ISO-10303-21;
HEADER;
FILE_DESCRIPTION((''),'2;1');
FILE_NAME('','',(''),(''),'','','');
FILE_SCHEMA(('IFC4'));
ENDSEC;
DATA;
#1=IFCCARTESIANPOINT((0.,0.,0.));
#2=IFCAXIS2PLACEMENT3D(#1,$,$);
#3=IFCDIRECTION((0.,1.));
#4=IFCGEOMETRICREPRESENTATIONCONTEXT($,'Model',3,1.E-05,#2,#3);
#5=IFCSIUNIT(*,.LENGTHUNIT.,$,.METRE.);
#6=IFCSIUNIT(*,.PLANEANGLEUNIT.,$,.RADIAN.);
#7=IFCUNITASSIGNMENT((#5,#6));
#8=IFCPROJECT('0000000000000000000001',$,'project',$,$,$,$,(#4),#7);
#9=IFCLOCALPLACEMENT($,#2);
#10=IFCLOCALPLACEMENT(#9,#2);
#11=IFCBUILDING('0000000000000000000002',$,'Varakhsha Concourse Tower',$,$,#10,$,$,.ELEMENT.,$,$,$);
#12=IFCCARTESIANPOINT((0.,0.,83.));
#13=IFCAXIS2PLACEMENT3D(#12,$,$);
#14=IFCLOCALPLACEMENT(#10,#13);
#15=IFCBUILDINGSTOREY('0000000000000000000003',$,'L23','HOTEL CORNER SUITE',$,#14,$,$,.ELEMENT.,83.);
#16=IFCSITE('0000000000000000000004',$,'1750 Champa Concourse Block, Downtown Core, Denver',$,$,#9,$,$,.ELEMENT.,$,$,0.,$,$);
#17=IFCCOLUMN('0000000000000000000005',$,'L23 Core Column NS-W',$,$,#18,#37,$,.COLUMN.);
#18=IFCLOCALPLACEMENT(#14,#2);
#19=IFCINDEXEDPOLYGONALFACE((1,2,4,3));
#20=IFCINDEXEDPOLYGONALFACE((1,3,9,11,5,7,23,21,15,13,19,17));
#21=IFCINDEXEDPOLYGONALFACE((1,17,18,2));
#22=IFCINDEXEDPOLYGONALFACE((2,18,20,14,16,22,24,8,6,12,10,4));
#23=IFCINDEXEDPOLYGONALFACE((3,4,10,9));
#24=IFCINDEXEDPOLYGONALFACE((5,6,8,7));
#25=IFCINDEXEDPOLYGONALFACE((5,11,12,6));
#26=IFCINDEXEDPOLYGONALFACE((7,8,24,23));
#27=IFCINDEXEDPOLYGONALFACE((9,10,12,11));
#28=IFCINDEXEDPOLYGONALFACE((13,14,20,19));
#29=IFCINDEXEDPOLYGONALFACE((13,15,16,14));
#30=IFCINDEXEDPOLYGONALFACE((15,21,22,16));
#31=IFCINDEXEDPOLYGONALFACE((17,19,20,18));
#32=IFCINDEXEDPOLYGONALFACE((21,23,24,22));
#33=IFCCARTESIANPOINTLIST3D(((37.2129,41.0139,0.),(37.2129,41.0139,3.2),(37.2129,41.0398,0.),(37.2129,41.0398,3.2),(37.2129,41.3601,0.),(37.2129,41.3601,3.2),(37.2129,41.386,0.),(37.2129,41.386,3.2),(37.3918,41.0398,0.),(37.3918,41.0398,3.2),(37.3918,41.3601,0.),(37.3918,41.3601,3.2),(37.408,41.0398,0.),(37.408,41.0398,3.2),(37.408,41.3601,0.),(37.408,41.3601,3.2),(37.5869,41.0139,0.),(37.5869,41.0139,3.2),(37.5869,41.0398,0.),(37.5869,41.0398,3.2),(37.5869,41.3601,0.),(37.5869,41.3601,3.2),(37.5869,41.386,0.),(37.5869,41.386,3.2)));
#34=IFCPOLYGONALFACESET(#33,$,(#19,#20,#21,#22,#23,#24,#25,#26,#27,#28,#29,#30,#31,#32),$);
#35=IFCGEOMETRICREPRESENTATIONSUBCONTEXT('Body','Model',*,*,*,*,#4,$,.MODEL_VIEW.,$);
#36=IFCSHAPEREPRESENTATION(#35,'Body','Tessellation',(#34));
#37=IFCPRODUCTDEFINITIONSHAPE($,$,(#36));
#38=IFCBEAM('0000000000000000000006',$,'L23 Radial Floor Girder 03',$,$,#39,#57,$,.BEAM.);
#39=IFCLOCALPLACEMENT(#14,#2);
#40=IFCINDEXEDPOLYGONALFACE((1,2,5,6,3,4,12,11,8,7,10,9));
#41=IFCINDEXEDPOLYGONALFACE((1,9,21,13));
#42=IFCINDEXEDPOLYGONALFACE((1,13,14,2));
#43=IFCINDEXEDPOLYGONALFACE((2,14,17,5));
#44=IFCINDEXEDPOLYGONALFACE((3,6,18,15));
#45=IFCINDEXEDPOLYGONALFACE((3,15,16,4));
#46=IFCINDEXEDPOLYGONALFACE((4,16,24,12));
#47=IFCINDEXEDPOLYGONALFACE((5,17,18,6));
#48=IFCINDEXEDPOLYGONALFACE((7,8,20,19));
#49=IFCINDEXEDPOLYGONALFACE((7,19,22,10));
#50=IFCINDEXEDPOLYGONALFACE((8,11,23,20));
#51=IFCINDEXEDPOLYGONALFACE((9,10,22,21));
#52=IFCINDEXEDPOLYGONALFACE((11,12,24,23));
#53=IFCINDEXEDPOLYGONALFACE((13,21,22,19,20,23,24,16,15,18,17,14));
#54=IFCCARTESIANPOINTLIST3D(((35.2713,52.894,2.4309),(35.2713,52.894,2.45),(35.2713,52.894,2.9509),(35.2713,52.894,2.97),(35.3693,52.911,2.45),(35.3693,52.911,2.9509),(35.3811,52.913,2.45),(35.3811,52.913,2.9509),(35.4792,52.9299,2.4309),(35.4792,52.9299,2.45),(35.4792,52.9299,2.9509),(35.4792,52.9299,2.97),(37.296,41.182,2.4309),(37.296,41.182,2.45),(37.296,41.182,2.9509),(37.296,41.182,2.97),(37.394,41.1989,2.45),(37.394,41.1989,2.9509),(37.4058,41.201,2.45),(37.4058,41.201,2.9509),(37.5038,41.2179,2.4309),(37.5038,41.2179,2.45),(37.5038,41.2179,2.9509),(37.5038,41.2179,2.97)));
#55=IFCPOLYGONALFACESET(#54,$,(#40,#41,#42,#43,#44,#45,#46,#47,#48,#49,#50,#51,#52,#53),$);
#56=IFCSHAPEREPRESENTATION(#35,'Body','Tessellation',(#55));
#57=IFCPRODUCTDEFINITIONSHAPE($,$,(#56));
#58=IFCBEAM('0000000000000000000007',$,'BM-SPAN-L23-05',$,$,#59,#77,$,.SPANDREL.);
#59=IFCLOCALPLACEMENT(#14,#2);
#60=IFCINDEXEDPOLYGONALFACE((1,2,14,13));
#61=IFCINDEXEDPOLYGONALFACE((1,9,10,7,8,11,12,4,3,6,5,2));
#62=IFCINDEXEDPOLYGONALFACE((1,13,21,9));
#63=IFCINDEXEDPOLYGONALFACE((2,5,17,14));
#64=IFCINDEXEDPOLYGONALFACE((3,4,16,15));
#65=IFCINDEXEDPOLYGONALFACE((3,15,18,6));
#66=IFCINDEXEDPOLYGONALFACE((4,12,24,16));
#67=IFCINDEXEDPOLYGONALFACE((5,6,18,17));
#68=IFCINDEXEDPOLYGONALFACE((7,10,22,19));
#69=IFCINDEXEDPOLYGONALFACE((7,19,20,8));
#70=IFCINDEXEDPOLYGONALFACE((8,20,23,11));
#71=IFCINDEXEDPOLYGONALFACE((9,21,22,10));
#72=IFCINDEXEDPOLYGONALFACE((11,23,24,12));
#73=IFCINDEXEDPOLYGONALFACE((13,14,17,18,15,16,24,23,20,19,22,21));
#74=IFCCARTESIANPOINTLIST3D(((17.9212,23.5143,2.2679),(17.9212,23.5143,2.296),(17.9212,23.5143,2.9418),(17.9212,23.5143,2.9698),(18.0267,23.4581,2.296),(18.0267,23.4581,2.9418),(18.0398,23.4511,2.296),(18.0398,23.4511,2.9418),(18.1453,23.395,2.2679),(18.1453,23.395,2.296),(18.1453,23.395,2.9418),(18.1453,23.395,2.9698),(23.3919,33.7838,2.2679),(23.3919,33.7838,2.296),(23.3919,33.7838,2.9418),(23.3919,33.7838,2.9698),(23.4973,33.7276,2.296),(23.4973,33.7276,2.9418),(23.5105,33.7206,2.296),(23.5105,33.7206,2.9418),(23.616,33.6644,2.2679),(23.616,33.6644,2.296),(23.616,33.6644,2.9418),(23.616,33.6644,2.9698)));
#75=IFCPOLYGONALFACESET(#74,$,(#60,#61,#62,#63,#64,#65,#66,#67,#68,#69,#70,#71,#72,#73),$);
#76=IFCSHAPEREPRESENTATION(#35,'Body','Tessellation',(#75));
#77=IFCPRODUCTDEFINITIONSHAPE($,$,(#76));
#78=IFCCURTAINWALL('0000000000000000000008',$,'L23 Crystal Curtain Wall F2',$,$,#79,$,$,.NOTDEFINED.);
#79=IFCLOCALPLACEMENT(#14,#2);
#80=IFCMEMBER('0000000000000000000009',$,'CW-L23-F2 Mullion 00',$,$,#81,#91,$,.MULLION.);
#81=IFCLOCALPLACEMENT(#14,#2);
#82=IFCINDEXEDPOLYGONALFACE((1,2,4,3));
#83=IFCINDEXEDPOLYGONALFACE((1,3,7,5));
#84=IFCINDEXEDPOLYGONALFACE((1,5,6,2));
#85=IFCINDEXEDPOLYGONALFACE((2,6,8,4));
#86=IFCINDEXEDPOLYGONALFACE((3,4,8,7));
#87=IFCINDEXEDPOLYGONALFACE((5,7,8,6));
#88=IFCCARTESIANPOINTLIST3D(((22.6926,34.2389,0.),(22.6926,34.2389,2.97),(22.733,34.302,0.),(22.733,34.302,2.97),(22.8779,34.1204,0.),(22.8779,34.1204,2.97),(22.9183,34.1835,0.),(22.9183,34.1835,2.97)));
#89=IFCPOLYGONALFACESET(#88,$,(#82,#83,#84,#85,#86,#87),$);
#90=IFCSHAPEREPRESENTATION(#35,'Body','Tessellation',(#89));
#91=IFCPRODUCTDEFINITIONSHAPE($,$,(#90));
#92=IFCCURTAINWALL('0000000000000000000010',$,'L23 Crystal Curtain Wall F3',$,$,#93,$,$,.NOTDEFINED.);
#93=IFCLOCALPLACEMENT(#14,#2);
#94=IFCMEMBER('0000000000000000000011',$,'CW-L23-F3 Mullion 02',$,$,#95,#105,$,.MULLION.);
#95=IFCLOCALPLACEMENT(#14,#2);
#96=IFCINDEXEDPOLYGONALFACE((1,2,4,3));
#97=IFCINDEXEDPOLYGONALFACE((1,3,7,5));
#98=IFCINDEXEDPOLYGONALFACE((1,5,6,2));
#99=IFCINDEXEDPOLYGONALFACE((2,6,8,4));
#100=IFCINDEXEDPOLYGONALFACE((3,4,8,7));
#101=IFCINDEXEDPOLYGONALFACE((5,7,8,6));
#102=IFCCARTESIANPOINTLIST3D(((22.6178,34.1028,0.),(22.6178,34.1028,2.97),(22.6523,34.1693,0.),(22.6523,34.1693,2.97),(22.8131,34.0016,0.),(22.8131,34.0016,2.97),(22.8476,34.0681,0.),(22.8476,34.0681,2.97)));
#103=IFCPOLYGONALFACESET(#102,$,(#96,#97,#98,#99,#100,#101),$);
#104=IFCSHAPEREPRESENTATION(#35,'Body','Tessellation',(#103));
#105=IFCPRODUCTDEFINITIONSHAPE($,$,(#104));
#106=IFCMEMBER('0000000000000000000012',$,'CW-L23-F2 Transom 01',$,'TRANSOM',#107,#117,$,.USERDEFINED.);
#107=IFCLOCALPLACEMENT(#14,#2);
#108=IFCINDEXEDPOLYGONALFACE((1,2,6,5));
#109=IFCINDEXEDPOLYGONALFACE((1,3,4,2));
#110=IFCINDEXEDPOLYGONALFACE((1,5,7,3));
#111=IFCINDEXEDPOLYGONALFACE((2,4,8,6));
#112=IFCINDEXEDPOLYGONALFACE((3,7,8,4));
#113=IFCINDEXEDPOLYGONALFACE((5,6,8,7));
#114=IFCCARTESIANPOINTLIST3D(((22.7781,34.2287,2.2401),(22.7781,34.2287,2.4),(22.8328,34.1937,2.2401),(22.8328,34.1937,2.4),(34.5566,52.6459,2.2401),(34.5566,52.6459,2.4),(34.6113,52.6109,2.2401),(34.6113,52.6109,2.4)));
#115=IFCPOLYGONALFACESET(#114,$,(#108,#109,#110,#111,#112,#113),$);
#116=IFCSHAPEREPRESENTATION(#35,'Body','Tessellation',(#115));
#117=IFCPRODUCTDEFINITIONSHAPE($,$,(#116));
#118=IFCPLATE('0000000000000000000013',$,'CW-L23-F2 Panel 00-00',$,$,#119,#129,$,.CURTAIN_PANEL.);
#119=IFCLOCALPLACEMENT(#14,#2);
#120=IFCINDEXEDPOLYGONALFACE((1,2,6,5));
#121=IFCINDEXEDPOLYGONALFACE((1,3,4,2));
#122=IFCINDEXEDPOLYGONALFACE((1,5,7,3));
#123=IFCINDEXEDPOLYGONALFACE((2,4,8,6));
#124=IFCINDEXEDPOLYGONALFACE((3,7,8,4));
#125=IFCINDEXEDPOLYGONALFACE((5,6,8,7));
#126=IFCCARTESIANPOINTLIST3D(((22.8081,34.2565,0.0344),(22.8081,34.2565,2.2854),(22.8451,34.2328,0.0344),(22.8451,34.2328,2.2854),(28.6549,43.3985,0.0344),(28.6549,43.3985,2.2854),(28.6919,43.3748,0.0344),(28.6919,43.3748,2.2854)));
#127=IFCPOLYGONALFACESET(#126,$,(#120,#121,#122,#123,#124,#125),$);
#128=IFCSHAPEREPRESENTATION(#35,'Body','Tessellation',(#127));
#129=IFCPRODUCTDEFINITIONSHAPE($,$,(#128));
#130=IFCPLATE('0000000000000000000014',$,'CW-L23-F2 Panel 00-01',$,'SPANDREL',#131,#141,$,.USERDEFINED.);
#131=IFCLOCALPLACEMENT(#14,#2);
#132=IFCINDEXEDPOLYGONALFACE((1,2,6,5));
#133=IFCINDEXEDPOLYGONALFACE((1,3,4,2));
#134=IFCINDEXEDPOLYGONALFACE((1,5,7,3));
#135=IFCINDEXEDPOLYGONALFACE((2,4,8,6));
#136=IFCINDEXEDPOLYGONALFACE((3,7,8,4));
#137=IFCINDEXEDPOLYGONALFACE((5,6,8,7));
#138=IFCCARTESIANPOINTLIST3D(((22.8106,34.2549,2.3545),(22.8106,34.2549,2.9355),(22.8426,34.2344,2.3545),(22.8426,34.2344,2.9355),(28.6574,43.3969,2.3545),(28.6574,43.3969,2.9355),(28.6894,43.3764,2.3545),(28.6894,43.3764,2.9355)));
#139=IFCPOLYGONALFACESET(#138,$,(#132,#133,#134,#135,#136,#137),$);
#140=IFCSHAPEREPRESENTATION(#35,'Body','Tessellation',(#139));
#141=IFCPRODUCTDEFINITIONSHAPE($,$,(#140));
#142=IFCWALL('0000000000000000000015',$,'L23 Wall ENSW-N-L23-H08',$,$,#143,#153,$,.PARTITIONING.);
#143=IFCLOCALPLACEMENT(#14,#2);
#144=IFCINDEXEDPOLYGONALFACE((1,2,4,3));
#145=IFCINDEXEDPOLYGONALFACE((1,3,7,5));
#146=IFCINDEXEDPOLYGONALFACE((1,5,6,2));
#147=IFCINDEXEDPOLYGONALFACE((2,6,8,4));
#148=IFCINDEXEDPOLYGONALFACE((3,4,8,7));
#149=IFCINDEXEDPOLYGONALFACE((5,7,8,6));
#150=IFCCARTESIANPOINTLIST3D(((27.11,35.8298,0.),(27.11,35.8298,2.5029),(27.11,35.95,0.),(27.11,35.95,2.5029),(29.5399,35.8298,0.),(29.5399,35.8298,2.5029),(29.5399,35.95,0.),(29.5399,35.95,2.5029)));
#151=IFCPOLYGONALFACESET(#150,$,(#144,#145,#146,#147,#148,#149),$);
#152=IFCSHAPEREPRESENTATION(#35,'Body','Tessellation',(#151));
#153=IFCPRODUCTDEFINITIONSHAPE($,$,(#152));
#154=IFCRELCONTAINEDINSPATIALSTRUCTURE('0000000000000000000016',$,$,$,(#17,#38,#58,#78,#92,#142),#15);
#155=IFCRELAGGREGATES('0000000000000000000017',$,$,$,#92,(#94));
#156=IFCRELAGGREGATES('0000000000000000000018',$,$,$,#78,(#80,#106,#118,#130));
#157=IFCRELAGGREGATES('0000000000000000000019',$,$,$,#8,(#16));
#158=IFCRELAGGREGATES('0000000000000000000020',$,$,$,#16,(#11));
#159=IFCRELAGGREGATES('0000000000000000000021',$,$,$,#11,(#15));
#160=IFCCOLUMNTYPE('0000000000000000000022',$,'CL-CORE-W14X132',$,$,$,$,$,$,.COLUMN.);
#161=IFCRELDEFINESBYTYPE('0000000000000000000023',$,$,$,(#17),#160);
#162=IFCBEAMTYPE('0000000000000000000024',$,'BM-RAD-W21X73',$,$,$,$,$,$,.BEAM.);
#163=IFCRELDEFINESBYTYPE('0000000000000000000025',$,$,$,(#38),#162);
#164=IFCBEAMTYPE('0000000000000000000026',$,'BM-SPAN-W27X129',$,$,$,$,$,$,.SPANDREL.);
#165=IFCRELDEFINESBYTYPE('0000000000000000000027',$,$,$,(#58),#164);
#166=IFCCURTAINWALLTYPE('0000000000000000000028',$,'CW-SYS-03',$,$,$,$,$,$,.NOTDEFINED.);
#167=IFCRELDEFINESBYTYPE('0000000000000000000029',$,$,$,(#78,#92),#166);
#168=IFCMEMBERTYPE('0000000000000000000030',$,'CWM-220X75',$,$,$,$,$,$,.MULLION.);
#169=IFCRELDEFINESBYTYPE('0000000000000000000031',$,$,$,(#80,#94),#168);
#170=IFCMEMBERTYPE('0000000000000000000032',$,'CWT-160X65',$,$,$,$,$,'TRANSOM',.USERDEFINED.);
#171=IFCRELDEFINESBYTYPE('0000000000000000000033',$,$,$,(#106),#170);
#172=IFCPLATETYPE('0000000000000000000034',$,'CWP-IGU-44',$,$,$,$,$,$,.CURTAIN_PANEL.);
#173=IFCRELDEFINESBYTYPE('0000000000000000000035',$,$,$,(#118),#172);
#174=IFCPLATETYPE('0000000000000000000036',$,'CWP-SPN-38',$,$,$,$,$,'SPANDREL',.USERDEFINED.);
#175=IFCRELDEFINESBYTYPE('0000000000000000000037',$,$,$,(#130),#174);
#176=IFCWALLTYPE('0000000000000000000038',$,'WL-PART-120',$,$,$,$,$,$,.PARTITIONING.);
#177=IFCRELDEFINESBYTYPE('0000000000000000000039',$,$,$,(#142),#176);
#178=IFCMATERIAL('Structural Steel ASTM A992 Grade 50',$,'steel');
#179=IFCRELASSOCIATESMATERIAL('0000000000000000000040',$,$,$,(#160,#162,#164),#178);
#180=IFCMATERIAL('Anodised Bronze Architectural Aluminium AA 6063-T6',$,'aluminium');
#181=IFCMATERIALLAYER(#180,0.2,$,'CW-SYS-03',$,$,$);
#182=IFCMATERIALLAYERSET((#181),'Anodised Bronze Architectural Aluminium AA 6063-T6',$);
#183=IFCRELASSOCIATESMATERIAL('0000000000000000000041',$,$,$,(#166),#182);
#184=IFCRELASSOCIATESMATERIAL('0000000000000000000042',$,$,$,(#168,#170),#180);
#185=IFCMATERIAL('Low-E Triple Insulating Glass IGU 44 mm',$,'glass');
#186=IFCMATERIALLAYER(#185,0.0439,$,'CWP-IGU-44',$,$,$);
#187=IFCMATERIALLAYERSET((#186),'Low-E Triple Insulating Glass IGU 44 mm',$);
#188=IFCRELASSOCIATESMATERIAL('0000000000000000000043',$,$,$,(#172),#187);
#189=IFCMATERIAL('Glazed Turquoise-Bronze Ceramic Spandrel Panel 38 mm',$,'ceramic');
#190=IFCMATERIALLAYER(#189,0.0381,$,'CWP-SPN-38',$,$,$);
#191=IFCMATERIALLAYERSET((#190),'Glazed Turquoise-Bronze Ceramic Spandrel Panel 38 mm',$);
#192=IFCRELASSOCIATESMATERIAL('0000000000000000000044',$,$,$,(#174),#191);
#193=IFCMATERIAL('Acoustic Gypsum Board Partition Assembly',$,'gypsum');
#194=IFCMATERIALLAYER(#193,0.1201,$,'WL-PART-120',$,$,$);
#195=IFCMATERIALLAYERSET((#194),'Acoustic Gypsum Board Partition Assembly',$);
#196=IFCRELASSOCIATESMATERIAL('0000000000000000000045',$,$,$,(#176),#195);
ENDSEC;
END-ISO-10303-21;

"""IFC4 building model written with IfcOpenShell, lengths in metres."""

from ifc_helpers import new_model, si_unit, direction, frame, frame_2d, origin, origin_2d, place, context, subcontext, project, spatial, rectangle, i_section, extrude, source, transform, mapped, material, layer, layer_set, material_profile, profile_set, type_object, type_shapes, element, aggregate, save


model = new_model("IFC4")

# Units and contexts
model_context = context("Model", 3, precision=1e-05, world=origin(), true_north=direction((0.0, 1.0)))
body_context = subcontext(model_context, "Body", "Model", "MODEL_VIEW")
ifc_project = project(units=[si_unit("LENGTHUNIT", "METRE"), si_unit("PLANEANGLEUNIT", "RADIAN")], contexts=[model_context])

# Site, building, storey
site_placement = place(None, origin())
site = spatial("IfcSite", under=ifc_project, at=site_placement, Name="1750 Champa Concourse Block, Downtown Core, Denver", CompositionType="ELEMENT", RefElevation=0.0)
building_placement = place(site_placement, origin())
building = spatial("IfcBuilding", under=site, at=building_placement, Name="Varakhsha Concourse Tower", CompositionType="ELEMENT")
storey_placement = place(building_placement, frame((0.0, 0.0, 83.0)))
storey = spatial("IfcBuildingStorey", under=building, at=storey_placement, Name="L23", Description="HOTEL CORNER SUITE", CompositionType="ELEMENT", Elevation=83.0)

# Column
ifc_material_1 = material(Name="Structural Steel ASTM A992 Grade 50", Category="steel")
ifc_material_profile_1 = material_profile(ifc_material_1, i_section(OverallWidth=0.374, OverallDepth=0.3721, WebThickness=0.0161, FlangeThickness=0.0259, at=origin_2d()), Name="W14X132")
ifc_profile_set_1 = profile_set([ifc_material_profile_1], Name="Structural Steel ASTM A992 Grade 50")
column_type = type_object("IfcColumnType", Name="CL-CORE-W14X132", PredefinedType="COLUMN", material=ifc_profile_set_1)
column_placement = place(storey_placement, frame((37.3999, 41.2, 0.0), z_axis=(0.0, 0.0, 1.0), x_axis=(1.0, 0.0, 0.0)))
element("IfcColumn", 1, at=column_placement, inside=storey, type_object=column_type, Name="L23 Core Column NS-W", PredefinedType="COLUMN", context=body_context, shape_type="SweptSolid", body=[
    extrude(i_section(OverallWidth=0.374, OverallDepth=0.3721, WebThickness=0.0161, FlangeThickness=0.0259, at=origin_2d()), origin(), (0.0, 0.0, 1.0), 3.2),
])

# Beams
ifc_material_profile_2 = material_profile(ifc_material_1, i_section(OverallWidth=0.2109, OverallDepth=0.5391, WebThickness=0.012, FlangeThickness=0.019, at=origin_2d()), Name="W21X73")
ifc_profile_set_2 = profile_set([ifc_material_profile_2], Name="Structural Steel ASTM A992 Grade 50")
beam_type_1 = type_object("IfcBeamType", Name="BM-RAD-W21X73", PredefinedType="BEAM", material=ifc_profile_set_2)
beam_1_placement = place(storey_placement, frame((37.3999, 41.2, 2.7004), z_axis=(-0.170345, 0.985384, 0.0), x_axis=(-0.985384, -0.170345, 0.0)))
element("IfcBeam", 2, at=beam_1_placement, inside=storey, type_object=beam_type_1, Name="L23 Radial Floor Girder 03", PredefinedType="BEAM", context=body_context, shape_type="SweptSolid", body=[
    extrude(i_section(OverallWidth=0.2109, OverallDepth=0.5391, WebThickness=0.012, FlangeThickness=0.019, at=origin_2d()), origin(), (0.0, 0.0, 1.0), 11.8857),
])
ifc_material_profile_3 = material_profile(ifc_material_1, i_section(OverallWidth=0.2539, OverallDepth=0.7019, WebThickness=0.0149, FlangeThickness=0.0281, at=origin_2d()), Name="W27X129")
ifc_profile_set_3 = profile_set([ifc_material_profile_3], Name="Structural Steel ASTM A992 Grade 50")
beam_type_2 = type_object("IfcBeamType", Name="BM-SPAN-W27X129", PredefinedType="SPANDREL", material=ifc_profile_set_3)
beam_2_placement = place(storey_placement, frame((23.5039, 33.7241, 2.6189), z_axis=(-0.470161, -0.882581, 0.0), x_axis=(0.882581, -0.470161, 0.0)))
element("IfcBeam", 3, at=beam_2_placement, inside=storey, type_object=beam_type_2, Name="BM-SPAN-L23-05", PredefinedType="SPANDREL", context=body_context, shape_type="SweptSolid", body=[
    extrude(i_section(OverallWidth=0.2539, OverallDepth=0.7019, WebThickness=0.0149, FlangeThickness=0.0281, at=origin_2d()), origin(), (0.0, 0.0, 1.0), 11.6357),
])

# Curtain walls, members
ifc_material_2 = material(Name="Anodised Bronze Architectural Aluminium AA 6063-T6", Category="aluminium")
ifc_layer_1 = layer(ifc_material_2, 0.2, Name="CW-SYS-03")
ifc_layer_set_1 = layer_set([ifc_layer_1], Name="Anodised Bronze Architectural Aluminium AA 6063-T6")
curtain_wall_type = type_object("IfcCurtainWallType", Name="CW-SYS-03", PredefinedType="NOTDEFINED", material=ifc_layer_set_1)
curtain_wall_1_placement = place(storey_placement, origin())
curtain_wall_1 = element("IfcCurtainWall", 4, at=curtain_wall_1_placement, inside=storey, type_object=curtain_wall_type, Name="L23 Crystal Curtain Wall F2", PredefinedType="NOTDEFINED")
ifc_material_profile_4 = material_profile(ifc_material_2, rectangle(XDim=0.075, YDim=0.22, at=origin_2d()), Name="CWM-220X75")
ifc_profile_set_4 = profile_set([ifc_material_profile_4], Name="Anodised Bronze Architectural Aluminium AA 6063-T6")
member_type_1 = type_object("IfcMemberType", Name="CWM-220X75", PredefinedType="MULLION", material=ifc_profile_set_4)
shared_shape_1 = source(origin(), body_context, "Body", "SweptSolid", [
    extrude(rectangle(XDim=0.075, YDim=0.22, at=origin_2d()), origin(), (0.0, 0.0, 1.0), 2.97),
])
type_shapes(member_type_1, [shared_shape_1])
member_1_placement = place(storey_placement, frame((22.8054, 34.2112, 0.0), z_axis=(0.0, 0.0, 1.0), x_axis=(0.538787, 0.842442, 0.0)))
member_1 = element("IfcMember", 5, at=member_1_placement, type_object=member_type_1, Name="CW-L23-F2 Mullion 00", PredefinedType="MULLION", context=body_context, shape_type="MappedRepresentation", body=[
    mapped(shared_shape_1, transform((0.0, 0.0, 0.0), scale=1.0)),
])
curtain_wall_2_placement = place(storey_placement, origin())
curtain_wall_2 = element("IfcCurtainWall", 6, at=curtain_wall_2_placement, inside=storey, type_object=curtain_wall_type, Name="L23 Crystal Curtain Wall F3", PredefinedType="NOTDEFINED")
member_2_placement = place(storey_placement, frame((22.7327, 34.0854, 0.0), z_axis=(0.0, 0.0, 1.0), x_axis=(0.460186, 0.887823, 0.0)))
member_2 = element("IfcMember", 7, at=member_2_placement, type_object=member_type_1, Name="CW-L23-F3 Mullion 02", PredefinedType="MULLION", context=body_context, shape_type="MappedRepresentation", body=[
    mapped(shared_shape_1, transform((0.0, 0.0, 0.0), scale=1.0)),
])
aggregate(curtain_wall_2, [member_2])

# Member
ifc_material_profile_5 = material_profile(ifc_material_2, rectangle(XDim=0.0649, YDim=0.1599, at=origin_2d()), Name="CWT-160X65")
ifc_profile_set_5 = profile_set([ifc_material_profile_5], Name="Anodised Bronze Architectural Aluminium AA 6063-T6")
member_type_2 = type_object("IfcMemberType", Name="CWT-160X65", ElementType="TRANSOM", PredefinedType="USERDEFINED", material=ifc_profile_set_5)
shared_shape_2 = source(origin(), body_context, "Body", "SweptSolid", [
    extrude(rectangle(XDim=0.0649, YDim=0.1599, at=origin_2d()), origin(), (0.0, 0.0, 1.0), 21.8616),
])
type_shapes(member_type_2, [shared_shape_2])
member_3_placement = place(storey_placement, frame((22.8054, 34.2112, 2.3201), z_axis=(0.538779, 0.842447, 0.0), x_axis=(-0.842447, 0.538779, 0.0)))
member_3 = element("IfcMember", 8, at=member_3_placement, type_object=member_type_2, Name="CW-L23-F2 Transom 01", ObjectType="TRANSOM", PredefinedType="USERDEFINED", context=body_context, shape_type="MappedRepresentation", body=[
    mapped(shared_shape_2, transform((0.0, 0.0, 0.0), scale=1.0)),
])

# Plates
ifc_material_3 = material(Name="Low-E Triple Insulating Glass IGU 44 mm", Category="glass")
ifc_layer_2 = layer(ifc_material_3, 0.0439, Name="CWP-IGU-44")
ifc_layer_set_2 = layer_set([ifc_layer_2], Name="Low-E Triple Insulating Glass IGU 44 mm")
plate_type_1 = type_object("IfcPlateType", Name="CWP-IGU-44", PredefinedType="CURTAIN_PANEL", material=ifc_layer_set_2)
shared_shape_3 = source(origin(), body_context, "Body", "SweptSolid", [
    extrude(rectangle(XDim=10.8518, YDim=0.0439, at=origin_2d()), origin(), (0.0, 0.0, 1.0), 2.251),
])
type_shapes(plate_type_1, [shared_shape_3])
plate_1_placement = place(storey_placement, frame((25.75, 38.8157, 0.0344), z_axis=(0.0, 0.0, 1.0), x_axis=(0.538787, 0.842442, 0.0)))
plate_1 = element("IfcPlate", 9, at=plate_1_placement, type_object=plate_type_1, Name="CW-L23-F2 Panel 00-00", PredefinedType="CURTAIN_PANEL", context=body_context, shape_type="MappedRepresentation", body=[
    mapped(shared_shape_3, transform((0.0, 0.0, 0.0), scale=1.0)),
])
ifc_material_4 = material(Name="Glazed Turquoise-Bronze Ceramic Spandrel Panel 38 mm", Category="ceramic")
ifc_layer_3 = layer(ifc_material_4, 0.0381, Name="CWP-SPN-38")
ifc_layer_set_3 = layer_set([ifc_layer_3], Name="Glazed Turquoise-Bronze Ceramic Spandrel Panel 38 mm")
plate_type_2 = type_object("IfcPlateType", Name="CWP-SPN-38", ElementType="SPANDREL", PredefinedType="USERDEFINED", material=ifc_layer_set_3)
shared_shape_4 = source(origin(), body_context, "Body", "SweptSolid", [
    extrude(rectangle(XDim=10.8518, YDim=0.0381, at=origin_2d()), origin(), (0.0, 0.0, 1.0), 0.5811),
])
type_shapes(plate_type_2, [shared_shape_4])
plate_2_placement = place(storey_placement, frame((25.75, 38.8157, 2.3545), z_axis=(0.0, 0.0, 1.0), x_axis=(0.538787, 0.842442, 0.0)))
plate_2 = element("IfcPlate", 10, at=plate_2_placement, type_object=plate_type_2, Name="CW-L23-F2 Panel 00-01", ObjectType="SPANDREL", PredefinedType="USERDEFINED", context=body_context, shape_type="MappedRepresentation", body=[
    mapped(shared_shape_4, transform((0.0, 0.0, 0.0), scale=1.0)),
])
aggregate(curtain_wall_1, [member_1, member_3, plate_1, plate_2])

# Wall
ifc_material_5 = material(Name="Acoustic Gypsum Board Partition Assembly", Category="gypsum")
ifc_layer_4 = layer(ifc_material_5, 0.1201, Name="WL-PART-120")
ifc_layer_set_4 = layer_set([ifc_layer_4], Name="Acoustic Gypsum Board Partition Assembly")
wall_type_1 = type_object("IfcWallType", Name="WL-PART-120", PredefinedType="PARTITIONING", material=ifc_layer_set_4)
wall_1_placement = place(storey_placement, frame((27.1101, 35.8899, 0.0), z_axis=(0.0, 0.0, 1.0), x_axis=(1.0, 0.0, 0.0)))
element("IfcWall", 11, at=wall_1_placement, inside=storey, type_object=wall_type_1, Name="L23 Wall ENSW-N-L23-H08", PredefinedType="PARTITIONING", context=body_context, shape_type="SweptSolid", body=[
    extrude(rectangle(XDim=2.4299, YDim=0.1201, at=frame_2d((1.2148, 0.0))), origin(), (0.0, 0.0, 1.0), 2.5029),
])

save(model, "model.ifc")
